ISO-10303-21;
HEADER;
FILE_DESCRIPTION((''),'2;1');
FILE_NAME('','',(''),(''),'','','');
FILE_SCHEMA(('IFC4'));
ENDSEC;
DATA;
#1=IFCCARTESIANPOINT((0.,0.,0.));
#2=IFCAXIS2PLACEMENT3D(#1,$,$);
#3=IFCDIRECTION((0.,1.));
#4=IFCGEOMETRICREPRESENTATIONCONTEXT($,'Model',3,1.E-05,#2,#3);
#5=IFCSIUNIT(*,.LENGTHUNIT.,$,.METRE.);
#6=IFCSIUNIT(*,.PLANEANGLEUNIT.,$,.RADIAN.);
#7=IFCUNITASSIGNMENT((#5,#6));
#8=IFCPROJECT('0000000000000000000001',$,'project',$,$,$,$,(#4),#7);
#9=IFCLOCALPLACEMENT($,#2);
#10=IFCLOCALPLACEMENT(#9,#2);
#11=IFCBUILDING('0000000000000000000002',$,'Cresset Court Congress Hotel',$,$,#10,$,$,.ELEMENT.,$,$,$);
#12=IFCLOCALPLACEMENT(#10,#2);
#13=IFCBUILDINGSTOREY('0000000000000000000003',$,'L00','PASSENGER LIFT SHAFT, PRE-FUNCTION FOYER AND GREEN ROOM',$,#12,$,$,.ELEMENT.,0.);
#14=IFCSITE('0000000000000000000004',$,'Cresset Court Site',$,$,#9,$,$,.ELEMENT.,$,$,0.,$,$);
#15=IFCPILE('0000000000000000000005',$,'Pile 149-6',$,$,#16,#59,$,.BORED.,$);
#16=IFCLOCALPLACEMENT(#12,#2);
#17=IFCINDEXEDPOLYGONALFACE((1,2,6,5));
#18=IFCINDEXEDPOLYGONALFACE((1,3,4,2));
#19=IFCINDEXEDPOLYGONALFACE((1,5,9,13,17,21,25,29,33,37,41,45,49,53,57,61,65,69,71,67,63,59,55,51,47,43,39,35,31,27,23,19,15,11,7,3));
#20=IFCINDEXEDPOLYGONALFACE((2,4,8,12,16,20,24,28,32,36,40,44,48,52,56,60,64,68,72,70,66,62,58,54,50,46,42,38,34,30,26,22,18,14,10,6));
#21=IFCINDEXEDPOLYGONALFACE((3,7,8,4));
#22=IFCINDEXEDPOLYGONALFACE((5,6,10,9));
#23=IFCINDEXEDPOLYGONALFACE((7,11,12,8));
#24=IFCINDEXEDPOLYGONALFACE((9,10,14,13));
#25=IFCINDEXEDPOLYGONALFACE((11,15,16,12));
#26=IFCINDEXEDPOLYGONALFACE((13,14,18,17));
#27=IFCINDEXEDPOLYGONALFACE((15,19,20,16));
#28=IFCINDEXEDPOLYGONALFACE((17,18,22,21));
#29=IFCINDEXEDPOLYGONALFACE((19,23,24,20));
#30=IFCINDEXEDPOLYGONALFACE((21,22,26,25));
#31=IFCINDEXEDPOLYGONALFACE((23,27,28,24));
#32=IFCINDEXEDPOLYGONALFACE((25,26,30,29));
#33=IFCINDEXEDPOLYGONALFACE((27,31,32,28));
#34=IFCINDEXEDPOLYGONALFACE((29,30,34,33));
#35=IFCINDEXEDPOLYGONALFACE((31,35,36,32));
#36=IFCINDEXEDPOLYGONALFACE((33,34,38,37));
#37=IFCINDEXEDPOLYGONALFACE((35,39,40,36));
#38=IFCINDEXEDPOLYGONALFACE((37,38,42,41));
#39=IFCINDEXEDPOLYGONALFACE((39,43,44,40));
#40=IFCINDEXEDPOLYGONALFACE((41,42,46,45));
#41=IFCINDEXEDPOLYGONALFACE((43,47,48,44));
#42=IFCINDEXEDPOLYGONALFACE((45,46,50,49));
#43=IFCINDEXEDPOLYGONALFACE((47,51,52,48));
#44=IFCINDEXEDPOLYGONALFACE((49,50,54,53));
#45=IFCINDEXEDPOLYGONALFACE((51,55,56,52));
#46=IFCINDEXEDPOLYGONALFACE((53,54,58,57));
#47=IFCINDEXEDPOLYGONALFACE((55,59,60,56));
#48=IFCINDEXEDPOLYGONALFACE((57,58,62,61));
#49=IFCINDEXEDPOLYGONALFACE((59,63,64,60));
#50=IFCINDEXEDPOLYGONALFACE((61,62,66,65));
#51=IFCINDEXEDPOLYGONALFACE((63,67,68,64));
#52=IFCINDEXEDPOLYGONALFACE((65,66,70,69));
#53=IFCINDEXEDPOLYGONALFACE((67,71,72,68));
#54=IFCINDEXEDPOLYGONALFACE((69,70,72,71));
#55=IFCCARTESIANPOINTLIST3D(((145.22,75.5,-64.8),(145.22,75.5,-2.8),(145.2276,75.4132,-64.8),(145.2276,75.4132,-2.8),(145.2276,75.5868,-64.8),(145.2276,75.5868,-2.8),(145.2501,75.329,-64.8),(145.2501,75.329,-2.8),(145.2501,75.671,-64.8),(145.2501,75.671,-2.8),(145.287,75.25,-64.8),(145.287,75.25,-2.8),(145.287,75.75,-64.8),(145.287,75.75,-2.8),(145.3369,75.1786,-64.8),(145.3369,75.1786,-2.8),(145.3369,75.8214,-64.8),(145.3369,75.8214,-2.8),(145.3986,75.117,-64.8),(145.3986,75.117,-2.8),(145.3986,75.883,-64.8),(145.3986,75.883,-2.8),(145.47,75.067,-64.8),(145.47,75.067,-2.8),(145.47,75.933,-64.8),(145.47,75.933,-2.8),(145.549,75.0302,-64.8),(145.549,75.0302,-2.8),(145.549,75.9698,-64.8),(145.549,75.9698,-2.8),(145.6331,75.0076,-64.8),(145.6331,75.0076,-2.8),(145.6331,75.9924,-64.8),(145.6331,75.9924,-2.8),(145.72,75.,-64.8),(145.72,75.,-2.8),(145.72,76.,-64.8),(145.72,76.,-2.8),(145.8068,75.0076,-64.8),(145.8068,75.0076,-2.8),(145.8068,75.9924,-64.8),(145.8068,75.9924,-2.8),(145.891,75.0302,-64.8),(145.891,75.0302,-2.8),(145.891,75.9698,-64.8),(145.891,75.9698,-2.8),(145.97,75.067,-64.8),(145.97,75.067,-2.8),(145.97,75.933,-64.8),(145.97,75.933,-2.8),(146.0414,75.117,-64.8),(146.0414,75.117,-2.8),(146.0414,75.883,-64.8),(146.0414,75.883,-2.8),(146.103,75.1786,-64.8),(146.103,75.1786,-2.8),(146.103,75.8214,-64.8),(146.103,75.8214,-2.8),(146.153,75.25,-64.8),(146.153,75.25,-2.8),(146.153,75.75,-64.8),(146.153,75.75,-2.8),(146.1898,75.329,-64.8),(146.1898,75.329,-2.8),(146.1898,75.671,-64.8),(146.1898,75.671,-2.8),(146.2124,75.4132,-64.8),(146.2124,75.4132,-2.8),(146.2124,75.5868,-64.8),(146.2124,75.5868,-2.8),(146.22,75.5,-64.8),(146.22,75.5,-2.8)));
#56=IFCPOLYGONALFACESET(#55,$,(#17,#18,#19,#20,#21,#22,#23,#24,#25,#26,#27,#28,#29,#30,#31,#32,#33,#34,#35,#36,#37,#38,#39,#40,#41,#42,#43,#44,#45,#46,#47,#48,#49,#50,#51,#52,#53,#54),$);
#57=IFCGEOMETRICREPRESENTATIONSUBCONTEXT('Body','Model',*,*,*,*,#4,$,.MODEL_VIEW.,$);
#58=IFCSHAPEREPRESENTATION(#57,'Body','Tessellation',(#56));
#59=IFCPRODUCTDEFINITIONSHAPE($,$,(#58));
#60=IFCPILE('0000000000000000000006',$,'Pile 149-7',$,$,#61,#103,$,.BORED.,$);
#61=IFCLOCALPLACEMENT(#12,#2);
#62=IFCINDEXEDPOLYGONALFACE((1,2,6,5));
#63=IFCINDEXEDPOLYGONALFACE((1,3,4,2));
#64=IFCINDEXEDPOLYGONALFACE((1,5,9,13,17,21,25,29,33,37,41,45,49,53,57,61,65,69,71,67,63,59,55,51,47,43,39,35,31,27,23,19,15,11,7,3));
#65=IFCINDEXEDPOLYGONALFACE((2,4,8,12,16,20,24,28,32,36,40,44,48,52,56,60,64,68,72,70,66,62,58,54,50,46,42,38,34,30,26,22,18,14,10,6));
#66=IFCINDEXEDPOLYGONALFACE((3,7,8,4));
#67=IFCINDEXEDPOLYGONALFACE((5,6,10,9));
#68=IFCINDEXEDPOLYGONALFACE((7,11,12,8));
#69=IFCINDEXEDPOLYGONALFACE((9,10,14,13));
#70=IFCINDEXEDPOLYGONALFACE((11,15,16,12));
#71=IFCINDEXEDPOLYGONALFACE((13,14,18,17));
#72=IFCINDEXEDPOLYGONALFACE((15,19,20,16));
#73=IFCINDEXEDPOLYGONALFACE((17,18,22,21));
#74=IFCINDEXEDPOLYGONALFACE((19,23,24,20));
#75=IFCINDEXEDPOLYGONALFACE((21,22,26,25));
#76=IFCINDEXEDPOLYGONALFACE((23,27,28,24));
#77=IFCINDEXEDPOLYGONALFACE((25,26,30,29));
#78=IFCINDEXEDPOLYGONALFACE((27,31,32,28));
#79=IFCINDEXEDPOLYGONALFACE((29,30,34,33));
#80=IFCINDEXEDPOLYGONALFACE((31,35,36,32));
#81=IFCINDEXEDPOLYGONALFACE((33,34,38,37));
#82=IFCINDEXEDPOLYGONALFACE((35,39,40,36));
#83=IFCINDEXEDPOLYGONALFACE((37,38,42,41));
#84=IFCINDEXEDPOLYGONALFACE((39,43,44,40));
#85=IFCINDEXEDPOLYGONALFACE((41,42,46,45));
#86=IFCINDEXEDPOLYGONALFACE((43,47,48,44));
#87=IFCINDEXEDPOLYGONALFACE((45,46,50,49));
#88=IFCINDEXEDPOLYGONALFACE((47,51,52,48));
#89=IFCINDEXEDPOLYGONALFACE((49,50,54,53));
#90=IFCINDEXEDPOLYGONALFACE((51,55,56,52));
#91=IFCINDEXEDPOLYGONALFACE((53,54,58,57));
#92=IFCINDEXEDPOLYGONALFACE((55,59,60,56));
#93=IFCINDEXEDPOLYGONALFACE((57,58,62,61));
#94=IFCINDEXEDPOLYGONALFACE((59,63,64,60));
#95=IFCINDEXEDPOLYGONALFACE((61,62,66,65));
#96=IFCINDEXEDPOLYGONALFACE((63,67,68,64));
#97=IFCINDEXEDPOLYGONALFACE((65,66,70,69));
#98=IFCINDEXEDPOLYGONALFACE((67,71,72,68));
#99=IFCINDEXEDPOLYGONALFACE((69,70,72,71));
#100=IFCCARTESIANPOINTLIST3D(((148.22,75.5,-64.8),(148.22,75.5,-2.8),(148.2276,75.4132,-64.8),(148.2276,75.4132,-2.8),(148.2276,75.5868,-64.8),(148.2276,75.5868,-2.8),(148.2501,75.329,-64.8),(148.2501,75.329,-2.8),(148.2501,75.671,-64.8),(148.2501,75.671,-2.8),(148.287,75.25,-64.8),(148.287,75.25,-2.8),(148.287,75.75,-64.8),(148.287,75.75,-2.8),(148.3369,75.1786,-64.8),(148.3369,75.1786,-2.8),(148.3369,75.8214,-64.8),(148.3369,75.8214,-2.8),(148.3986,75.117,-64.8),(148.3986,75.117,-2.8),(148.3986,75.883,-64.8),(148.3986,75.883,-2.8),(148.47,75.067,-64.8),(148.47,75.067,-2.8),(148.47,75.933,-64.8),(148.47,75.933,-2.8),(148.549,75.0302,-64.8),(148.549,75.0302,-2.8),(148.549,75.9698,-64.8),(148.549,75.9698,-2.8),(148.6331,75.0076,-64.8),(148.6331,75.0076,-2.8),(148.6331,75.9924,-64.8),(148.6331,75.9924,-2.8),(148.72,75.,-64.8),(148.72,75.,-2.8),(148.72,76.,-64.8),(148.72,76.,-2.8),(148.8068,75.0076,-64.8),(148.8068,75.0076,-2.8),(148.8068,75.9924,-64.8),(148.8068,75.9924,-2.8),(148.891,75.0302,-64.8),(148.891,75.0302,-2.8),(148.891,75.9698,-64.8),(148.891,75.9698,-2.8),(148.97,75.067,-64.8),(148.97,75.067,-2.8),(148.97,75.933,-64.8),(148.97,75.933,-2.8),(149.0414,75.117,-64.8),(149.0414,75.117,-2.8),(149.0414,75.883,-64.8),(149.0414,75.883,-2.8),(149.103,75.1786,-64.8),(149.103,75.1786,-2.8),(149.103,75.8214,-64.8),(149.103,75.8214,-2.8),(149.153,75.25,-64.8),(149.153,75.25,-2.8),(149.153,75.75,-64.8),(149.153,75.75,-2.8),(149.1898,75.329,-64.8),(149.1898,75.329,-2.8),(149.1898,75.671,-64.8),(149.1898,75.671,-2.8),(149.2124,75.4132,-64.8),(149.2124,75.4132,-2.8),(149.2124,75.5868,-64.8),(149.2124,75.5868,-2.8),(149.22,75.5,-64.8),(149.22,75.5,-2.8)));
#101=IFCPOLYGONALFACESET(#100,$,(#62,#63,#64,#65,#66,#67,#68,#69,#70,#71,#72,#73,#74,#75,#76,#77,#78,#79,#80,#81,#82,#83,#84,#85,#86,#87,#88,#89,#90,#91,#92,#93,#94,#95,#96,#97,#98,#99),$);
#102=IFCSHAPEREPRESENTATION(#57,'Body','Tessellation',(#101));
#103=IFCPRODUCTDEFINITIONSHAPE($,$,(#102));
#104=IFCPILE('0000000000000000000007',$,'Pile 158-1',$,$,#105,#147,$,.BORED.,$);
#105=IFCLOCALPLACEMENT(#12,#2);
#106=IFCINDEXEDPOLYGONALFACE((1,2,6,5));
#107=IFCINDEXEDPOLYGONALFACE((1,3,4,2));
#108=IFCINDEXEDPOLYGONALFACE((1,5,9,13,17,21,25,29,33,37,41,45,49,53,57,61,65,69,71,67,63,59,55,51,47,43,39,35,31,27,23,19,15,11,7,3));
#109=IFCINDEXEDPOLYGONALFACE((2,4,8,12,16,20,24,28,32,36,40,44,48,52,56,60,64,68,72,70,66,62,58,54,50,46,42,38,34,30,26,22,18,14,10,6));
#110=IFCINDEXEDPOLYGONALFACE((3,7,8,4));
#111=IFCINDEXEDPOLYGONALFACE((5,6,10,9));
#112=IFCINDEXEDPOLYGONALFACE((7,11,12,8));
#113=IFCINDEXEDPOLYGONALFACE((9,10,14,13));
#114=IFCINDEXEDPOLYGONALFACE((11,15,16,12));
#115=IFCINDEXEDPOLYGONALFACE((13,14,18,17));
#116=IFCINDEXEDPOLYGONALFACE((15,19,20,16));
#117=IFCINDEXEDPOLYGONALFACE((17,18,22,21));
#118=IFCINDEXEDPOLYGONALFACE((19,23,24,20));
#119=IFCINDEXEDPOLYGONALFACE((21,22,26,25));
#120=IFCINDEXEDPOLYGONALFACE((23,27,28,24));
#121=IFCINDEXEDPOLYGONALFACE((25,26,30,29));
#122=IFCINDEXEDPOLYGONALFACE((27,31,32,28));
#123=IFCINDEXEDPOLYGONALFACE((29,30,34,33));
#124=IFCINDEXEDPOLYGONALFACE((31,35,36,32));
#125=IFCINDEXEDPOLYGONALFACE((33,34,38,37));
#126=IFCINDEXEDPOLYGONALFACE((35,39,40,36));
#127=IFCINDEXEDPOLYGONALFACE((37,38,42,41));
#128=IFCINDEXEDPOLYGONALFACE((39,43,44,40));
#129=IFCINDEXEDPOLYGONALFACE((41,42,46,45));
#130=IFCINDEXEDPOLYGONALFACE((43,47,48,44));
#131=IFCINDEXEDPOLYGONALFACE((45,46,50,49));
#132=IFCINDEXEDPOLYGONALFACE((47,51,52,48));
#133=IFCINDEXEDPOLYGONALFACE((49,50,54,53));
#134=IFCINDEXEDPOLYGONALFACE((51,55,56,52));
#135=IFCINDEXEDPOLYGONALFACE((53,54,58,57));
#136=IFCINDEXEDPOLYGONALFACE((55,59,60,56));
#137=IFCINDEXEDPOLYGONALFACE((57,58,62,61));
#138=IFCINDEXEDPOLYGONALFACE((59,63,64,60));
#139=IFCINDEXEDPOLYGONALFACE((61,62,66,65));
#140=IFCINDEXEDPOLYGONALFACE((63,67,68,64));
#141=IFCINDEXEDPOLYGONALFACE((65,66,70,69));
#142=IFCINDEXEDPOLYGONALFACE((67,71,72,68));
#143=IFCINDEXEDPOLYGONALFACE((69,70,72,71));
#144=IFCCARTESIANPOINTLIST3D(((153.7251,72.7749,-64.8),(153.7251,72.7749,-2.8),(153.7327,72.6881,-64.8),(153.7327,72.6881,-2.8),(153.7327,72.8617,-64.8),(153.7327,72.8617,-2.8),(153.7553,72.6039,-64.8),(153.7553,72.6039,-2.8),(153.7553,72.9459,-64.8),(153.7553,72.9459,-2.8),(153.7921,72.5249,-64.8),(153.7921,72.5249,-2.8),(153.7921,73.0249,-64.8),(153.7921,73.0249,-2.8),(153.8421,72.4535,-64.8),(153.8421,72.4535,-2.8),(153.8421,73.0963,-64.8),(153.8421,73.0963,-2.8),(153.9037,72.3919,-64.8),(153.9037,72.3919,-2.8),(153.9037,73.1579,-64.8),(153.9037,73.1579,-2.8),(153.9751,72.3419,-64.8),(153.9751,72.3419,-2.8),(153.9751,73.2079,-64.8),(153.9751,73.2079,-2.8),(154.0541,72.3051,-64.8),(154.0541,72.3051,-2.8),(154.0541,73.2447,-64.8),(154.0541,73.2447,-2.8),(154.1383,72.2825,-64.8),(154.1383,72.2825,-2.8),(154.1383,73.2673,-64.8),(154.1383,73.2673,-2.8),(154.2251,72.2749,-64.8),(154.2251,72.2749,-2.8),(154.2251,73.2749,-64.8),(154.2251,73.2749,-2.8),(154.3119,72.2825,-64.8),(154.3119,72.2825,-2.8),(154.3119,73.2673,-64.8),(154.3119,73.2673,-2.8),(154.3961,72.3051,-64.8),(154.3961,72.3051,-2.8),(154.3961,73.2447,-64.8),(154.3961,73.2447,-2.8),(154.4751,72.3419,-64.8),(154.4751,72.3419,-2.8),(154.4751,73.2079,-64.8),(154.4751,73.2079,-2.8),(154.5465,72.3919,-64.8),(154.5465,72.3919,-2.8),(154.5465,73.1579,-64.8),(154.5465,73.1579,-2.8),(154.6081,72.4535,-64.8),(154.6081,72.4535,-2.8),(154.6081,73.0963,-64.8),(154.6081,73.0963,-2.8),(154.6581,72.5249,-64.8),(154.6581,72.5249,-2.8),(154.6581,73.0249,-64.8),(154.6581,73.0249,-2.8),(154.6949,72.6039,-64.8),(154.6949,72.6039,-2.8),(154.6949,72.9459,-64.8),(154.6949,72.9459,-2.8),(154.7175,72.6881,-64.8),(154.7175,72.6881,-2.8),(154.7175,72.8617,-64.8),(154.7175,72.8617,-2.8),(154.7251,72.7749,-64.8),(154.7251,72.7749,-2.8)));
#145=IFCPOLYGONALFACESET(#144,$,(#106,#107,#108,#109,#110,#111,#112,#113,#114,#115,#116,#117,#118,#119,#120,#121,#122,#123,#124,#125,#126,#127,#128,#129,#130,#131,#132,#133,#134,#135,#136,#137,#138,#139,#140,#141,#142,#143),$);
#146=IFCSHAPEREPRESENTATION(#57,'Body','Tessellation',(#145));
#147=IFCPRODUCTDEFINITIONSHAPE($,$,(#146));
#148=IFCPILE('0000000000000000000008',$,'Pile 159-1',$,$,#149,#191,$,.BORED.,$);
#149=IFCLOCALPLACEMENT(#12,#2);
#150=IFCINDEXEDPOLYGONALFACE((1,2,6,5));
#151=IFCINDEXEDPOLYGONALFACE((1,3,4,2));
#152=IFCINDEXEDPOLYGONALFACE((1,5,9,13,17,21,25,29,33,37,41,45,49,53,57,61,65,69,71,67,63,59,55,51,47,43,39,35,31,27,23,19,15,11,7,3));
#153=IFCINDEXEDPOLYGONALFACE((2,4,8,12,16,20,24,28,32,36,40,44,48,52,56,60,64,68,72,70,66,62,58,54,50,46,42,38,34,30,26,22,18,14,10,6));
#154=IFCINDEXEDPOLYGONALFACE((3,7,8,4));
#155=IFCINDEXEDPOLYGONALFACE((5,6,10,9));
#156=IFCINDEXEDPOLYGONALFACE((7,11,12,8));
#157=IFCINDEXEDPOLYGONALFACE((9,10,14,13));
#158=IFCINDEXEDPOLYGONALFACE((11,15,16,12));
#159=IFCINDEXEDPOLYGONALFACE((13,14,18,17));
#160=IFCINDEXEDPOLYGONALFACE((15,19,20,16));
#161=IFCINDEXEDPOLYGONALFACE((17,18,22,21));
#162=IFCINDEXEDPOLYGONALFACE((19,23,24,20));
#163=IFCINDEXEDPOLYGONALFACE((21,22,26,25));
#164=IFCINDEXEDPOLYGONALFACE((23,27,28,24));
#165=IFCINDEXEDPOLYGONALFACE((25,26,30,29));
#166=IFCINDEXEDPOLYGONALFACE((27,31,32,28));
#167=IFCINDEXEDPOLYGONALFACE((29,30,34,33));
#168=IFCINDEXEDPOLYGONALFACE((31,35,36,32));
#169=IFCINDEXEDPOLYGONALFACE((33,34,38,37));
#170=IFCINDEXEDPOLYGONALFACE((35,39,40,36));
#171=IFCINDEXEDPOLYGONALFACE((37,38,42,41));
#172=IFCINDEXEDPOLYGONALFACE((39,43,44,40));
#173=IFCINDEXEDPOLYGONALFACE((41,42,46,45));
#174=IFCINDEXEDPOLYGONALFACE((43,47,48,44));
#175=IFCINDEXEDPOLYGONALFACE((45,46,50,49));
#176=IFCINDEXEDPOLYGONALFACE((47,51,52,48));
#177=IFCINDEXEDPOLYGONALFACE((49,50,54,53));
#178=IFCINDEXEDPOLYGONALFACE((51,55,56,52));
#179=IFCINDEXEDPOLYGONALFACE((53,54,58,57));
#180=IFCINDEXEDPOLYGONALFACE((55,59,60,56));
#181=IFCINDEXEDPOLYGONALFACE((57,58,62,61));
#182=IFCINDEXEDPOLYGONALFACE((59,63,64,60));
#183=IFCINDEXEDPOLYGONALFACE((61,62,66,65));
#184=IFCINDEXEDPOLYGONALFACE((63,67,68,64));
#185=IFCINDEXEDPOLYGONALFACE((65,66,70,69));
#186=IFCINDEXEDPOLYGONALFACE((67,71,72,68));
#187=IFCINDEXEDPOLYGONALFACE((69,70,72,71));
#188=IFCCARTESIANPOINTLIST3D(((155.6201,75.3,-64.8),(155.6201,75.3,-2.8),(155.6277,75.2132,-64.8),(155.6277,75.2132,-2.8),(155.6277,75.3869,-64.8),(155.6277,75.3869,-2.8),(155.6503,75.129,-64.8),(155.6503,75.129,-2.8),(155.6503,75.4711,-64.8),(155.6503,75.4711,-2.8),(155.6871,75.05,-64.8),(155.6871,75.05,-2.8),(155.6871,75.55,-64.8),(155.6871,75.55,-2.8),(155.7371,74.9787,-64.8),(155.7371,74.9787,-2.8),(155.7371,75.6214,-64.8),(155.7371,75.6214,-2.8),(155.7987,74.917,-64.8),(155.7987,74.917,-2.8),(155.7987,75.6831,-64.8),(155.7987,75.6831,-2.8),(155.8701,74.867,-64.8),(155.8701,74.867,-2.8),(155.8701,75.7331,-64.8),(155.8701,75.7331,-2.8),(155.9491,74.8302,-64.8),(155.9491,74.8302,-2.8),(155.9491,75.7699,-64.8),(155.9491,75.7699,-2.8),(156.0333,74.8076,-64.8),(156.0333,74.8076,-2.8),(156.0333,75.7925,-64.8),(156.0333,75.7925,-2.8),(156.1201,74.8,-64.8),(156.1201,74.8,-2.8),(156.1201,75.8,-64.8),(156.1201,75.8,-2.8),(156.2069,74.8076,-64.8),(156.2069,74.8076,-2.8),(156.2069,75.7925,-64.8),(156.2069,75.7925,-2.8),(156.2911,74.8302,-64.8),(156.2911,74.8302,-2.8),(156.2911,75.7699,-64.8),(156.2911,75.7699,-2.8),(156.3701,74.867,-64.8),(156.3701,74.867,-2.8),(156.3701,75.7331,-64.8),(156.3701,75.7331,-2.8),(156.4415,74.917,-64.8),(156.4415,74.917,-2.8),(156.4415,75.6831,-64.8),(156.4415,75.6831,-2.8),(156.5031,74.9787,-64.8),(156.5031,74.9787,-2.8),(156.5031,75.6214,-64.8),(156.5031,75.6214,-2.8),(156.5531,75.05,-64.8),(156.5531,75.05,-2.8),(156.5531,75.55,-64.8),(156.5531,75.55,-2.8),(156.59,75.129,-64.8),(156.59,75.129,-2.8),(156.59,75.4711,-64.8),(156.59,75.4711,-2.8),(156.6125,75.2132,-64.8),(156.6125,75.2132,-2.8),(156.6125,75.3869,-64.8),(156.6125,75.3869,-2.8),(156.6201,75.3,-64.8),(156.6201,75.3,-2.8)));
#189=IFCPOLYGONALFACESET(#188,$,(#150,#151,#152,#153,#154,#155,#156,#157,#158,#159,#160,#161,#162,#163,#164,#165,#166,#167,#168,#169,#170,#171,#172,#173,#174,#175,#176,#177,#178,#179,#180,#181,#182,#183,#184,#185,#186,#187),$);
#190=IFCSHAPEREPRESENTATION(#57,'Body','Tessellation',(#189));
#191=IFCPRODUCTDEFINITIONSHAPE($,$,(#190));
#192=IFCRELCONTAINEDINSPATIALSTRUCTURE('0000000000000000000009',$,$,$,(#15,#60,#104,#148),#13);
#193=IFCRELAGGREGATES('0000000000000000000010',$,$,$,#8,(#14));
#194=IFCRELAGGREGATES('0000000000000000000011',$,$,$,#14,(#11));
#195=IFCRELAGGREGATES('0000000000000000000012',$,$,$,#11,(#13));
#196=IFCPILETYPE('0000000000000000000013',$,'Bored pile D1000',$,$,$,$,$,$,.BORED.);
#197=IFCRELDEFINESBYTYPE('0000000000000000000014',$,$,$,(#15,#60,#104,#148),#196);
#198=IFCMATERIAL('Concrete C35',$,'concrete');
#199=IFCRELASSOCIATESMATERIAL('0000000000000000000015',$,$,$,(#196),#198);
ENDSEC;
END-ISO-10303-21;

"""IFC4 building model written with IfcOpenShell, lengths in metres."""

from ifc_helpers import new_model, si_unit, direction, frame, origin, origin_2d, place, context, subcontext, project, spatial, circle, extrude, material, type_object, element, save


model = new_model("IFC4")

# Units and contexts
model_context = context("Model", 3, precision=1e-05, world=origin(), true_north=direction((0.0, 1.0)))
body_context = subcontext(model_context, "Body", "Model", "MODEL_VIEW")
ifc_project = project(units=[si_unit("LENGTHUNIT", "METRE"), si_unit("PLANEANGLEUNIT", "RADIAN")], contexts=[model_context])

# Site, building, storey
site_placement = place(None, origin())
site = spatial("IfcSite", under=ifc_project, at=site_placement, Name="Cresset Court Site", CompositionType="ELEMENT", RefElevation=0.0)
building_placement = place(site_placement, origin())
building = spatial("IfcBuilding", under=site, at=building_placement, Name="Cresset Court Congress Hotel", CompositionType="ELEMENT")
storey_placement = place(building_placement, origin())
storey = spatial("IfcBuildingStorey", under=building, at=storey_placement, Name="L00", Description="PASSENGER LIFT SHAFT, PRE-FUNCTION FOYER AND GREEN ROOM", CompositionType="ELEMENT", Elevation=0.0)

# Piles
ifc_material_1 = material(Name="Concrete C35", Category="concrete")
pile_type_1 = type_object("IfcPileType", Name="Bored pile D1000", PredefinedType="BORED", material=ifc_material_1)
for number, where, z_axis, x_axis, name in (
    (1, (145.72, 75.5, -2.8), (0.0, 0.0, -1.0), (1.0, 0.0, 0.0), "Pile 149-6"),
    (2, (148.72, 75.5, -2.8), (0.0, 0.0, -1.0), (1.0, 0.0, 0.0), "Pile 149-7"),
    (3, (154.2251, 72.7749, -2.8), (0.0, 0.0, -1.0), (1.0, 0.0, 0.0), "Pile 158-1"),
    (4, (156.1201, 75.3, -2.8), (0.0, 0.0, -1.0), (1.0, 0.0, 0.0), "Pile 159-1"),
):
    element("IfcPile", number, at=place(storey_placement, frame(where, z_axis=z_axis, x_axis=x_axis)), inside=storey, type_object=pile_type_1, Name=name, PredefinedType="BORED", context=body_context, shape_type="SweptSolid", body=[
        extrude(circle(Radius=0.5, at=origin_2d()), origin(), (0.0, 0.0, 1.0), 62.0),
    ])

save(model, "model.ifc")
